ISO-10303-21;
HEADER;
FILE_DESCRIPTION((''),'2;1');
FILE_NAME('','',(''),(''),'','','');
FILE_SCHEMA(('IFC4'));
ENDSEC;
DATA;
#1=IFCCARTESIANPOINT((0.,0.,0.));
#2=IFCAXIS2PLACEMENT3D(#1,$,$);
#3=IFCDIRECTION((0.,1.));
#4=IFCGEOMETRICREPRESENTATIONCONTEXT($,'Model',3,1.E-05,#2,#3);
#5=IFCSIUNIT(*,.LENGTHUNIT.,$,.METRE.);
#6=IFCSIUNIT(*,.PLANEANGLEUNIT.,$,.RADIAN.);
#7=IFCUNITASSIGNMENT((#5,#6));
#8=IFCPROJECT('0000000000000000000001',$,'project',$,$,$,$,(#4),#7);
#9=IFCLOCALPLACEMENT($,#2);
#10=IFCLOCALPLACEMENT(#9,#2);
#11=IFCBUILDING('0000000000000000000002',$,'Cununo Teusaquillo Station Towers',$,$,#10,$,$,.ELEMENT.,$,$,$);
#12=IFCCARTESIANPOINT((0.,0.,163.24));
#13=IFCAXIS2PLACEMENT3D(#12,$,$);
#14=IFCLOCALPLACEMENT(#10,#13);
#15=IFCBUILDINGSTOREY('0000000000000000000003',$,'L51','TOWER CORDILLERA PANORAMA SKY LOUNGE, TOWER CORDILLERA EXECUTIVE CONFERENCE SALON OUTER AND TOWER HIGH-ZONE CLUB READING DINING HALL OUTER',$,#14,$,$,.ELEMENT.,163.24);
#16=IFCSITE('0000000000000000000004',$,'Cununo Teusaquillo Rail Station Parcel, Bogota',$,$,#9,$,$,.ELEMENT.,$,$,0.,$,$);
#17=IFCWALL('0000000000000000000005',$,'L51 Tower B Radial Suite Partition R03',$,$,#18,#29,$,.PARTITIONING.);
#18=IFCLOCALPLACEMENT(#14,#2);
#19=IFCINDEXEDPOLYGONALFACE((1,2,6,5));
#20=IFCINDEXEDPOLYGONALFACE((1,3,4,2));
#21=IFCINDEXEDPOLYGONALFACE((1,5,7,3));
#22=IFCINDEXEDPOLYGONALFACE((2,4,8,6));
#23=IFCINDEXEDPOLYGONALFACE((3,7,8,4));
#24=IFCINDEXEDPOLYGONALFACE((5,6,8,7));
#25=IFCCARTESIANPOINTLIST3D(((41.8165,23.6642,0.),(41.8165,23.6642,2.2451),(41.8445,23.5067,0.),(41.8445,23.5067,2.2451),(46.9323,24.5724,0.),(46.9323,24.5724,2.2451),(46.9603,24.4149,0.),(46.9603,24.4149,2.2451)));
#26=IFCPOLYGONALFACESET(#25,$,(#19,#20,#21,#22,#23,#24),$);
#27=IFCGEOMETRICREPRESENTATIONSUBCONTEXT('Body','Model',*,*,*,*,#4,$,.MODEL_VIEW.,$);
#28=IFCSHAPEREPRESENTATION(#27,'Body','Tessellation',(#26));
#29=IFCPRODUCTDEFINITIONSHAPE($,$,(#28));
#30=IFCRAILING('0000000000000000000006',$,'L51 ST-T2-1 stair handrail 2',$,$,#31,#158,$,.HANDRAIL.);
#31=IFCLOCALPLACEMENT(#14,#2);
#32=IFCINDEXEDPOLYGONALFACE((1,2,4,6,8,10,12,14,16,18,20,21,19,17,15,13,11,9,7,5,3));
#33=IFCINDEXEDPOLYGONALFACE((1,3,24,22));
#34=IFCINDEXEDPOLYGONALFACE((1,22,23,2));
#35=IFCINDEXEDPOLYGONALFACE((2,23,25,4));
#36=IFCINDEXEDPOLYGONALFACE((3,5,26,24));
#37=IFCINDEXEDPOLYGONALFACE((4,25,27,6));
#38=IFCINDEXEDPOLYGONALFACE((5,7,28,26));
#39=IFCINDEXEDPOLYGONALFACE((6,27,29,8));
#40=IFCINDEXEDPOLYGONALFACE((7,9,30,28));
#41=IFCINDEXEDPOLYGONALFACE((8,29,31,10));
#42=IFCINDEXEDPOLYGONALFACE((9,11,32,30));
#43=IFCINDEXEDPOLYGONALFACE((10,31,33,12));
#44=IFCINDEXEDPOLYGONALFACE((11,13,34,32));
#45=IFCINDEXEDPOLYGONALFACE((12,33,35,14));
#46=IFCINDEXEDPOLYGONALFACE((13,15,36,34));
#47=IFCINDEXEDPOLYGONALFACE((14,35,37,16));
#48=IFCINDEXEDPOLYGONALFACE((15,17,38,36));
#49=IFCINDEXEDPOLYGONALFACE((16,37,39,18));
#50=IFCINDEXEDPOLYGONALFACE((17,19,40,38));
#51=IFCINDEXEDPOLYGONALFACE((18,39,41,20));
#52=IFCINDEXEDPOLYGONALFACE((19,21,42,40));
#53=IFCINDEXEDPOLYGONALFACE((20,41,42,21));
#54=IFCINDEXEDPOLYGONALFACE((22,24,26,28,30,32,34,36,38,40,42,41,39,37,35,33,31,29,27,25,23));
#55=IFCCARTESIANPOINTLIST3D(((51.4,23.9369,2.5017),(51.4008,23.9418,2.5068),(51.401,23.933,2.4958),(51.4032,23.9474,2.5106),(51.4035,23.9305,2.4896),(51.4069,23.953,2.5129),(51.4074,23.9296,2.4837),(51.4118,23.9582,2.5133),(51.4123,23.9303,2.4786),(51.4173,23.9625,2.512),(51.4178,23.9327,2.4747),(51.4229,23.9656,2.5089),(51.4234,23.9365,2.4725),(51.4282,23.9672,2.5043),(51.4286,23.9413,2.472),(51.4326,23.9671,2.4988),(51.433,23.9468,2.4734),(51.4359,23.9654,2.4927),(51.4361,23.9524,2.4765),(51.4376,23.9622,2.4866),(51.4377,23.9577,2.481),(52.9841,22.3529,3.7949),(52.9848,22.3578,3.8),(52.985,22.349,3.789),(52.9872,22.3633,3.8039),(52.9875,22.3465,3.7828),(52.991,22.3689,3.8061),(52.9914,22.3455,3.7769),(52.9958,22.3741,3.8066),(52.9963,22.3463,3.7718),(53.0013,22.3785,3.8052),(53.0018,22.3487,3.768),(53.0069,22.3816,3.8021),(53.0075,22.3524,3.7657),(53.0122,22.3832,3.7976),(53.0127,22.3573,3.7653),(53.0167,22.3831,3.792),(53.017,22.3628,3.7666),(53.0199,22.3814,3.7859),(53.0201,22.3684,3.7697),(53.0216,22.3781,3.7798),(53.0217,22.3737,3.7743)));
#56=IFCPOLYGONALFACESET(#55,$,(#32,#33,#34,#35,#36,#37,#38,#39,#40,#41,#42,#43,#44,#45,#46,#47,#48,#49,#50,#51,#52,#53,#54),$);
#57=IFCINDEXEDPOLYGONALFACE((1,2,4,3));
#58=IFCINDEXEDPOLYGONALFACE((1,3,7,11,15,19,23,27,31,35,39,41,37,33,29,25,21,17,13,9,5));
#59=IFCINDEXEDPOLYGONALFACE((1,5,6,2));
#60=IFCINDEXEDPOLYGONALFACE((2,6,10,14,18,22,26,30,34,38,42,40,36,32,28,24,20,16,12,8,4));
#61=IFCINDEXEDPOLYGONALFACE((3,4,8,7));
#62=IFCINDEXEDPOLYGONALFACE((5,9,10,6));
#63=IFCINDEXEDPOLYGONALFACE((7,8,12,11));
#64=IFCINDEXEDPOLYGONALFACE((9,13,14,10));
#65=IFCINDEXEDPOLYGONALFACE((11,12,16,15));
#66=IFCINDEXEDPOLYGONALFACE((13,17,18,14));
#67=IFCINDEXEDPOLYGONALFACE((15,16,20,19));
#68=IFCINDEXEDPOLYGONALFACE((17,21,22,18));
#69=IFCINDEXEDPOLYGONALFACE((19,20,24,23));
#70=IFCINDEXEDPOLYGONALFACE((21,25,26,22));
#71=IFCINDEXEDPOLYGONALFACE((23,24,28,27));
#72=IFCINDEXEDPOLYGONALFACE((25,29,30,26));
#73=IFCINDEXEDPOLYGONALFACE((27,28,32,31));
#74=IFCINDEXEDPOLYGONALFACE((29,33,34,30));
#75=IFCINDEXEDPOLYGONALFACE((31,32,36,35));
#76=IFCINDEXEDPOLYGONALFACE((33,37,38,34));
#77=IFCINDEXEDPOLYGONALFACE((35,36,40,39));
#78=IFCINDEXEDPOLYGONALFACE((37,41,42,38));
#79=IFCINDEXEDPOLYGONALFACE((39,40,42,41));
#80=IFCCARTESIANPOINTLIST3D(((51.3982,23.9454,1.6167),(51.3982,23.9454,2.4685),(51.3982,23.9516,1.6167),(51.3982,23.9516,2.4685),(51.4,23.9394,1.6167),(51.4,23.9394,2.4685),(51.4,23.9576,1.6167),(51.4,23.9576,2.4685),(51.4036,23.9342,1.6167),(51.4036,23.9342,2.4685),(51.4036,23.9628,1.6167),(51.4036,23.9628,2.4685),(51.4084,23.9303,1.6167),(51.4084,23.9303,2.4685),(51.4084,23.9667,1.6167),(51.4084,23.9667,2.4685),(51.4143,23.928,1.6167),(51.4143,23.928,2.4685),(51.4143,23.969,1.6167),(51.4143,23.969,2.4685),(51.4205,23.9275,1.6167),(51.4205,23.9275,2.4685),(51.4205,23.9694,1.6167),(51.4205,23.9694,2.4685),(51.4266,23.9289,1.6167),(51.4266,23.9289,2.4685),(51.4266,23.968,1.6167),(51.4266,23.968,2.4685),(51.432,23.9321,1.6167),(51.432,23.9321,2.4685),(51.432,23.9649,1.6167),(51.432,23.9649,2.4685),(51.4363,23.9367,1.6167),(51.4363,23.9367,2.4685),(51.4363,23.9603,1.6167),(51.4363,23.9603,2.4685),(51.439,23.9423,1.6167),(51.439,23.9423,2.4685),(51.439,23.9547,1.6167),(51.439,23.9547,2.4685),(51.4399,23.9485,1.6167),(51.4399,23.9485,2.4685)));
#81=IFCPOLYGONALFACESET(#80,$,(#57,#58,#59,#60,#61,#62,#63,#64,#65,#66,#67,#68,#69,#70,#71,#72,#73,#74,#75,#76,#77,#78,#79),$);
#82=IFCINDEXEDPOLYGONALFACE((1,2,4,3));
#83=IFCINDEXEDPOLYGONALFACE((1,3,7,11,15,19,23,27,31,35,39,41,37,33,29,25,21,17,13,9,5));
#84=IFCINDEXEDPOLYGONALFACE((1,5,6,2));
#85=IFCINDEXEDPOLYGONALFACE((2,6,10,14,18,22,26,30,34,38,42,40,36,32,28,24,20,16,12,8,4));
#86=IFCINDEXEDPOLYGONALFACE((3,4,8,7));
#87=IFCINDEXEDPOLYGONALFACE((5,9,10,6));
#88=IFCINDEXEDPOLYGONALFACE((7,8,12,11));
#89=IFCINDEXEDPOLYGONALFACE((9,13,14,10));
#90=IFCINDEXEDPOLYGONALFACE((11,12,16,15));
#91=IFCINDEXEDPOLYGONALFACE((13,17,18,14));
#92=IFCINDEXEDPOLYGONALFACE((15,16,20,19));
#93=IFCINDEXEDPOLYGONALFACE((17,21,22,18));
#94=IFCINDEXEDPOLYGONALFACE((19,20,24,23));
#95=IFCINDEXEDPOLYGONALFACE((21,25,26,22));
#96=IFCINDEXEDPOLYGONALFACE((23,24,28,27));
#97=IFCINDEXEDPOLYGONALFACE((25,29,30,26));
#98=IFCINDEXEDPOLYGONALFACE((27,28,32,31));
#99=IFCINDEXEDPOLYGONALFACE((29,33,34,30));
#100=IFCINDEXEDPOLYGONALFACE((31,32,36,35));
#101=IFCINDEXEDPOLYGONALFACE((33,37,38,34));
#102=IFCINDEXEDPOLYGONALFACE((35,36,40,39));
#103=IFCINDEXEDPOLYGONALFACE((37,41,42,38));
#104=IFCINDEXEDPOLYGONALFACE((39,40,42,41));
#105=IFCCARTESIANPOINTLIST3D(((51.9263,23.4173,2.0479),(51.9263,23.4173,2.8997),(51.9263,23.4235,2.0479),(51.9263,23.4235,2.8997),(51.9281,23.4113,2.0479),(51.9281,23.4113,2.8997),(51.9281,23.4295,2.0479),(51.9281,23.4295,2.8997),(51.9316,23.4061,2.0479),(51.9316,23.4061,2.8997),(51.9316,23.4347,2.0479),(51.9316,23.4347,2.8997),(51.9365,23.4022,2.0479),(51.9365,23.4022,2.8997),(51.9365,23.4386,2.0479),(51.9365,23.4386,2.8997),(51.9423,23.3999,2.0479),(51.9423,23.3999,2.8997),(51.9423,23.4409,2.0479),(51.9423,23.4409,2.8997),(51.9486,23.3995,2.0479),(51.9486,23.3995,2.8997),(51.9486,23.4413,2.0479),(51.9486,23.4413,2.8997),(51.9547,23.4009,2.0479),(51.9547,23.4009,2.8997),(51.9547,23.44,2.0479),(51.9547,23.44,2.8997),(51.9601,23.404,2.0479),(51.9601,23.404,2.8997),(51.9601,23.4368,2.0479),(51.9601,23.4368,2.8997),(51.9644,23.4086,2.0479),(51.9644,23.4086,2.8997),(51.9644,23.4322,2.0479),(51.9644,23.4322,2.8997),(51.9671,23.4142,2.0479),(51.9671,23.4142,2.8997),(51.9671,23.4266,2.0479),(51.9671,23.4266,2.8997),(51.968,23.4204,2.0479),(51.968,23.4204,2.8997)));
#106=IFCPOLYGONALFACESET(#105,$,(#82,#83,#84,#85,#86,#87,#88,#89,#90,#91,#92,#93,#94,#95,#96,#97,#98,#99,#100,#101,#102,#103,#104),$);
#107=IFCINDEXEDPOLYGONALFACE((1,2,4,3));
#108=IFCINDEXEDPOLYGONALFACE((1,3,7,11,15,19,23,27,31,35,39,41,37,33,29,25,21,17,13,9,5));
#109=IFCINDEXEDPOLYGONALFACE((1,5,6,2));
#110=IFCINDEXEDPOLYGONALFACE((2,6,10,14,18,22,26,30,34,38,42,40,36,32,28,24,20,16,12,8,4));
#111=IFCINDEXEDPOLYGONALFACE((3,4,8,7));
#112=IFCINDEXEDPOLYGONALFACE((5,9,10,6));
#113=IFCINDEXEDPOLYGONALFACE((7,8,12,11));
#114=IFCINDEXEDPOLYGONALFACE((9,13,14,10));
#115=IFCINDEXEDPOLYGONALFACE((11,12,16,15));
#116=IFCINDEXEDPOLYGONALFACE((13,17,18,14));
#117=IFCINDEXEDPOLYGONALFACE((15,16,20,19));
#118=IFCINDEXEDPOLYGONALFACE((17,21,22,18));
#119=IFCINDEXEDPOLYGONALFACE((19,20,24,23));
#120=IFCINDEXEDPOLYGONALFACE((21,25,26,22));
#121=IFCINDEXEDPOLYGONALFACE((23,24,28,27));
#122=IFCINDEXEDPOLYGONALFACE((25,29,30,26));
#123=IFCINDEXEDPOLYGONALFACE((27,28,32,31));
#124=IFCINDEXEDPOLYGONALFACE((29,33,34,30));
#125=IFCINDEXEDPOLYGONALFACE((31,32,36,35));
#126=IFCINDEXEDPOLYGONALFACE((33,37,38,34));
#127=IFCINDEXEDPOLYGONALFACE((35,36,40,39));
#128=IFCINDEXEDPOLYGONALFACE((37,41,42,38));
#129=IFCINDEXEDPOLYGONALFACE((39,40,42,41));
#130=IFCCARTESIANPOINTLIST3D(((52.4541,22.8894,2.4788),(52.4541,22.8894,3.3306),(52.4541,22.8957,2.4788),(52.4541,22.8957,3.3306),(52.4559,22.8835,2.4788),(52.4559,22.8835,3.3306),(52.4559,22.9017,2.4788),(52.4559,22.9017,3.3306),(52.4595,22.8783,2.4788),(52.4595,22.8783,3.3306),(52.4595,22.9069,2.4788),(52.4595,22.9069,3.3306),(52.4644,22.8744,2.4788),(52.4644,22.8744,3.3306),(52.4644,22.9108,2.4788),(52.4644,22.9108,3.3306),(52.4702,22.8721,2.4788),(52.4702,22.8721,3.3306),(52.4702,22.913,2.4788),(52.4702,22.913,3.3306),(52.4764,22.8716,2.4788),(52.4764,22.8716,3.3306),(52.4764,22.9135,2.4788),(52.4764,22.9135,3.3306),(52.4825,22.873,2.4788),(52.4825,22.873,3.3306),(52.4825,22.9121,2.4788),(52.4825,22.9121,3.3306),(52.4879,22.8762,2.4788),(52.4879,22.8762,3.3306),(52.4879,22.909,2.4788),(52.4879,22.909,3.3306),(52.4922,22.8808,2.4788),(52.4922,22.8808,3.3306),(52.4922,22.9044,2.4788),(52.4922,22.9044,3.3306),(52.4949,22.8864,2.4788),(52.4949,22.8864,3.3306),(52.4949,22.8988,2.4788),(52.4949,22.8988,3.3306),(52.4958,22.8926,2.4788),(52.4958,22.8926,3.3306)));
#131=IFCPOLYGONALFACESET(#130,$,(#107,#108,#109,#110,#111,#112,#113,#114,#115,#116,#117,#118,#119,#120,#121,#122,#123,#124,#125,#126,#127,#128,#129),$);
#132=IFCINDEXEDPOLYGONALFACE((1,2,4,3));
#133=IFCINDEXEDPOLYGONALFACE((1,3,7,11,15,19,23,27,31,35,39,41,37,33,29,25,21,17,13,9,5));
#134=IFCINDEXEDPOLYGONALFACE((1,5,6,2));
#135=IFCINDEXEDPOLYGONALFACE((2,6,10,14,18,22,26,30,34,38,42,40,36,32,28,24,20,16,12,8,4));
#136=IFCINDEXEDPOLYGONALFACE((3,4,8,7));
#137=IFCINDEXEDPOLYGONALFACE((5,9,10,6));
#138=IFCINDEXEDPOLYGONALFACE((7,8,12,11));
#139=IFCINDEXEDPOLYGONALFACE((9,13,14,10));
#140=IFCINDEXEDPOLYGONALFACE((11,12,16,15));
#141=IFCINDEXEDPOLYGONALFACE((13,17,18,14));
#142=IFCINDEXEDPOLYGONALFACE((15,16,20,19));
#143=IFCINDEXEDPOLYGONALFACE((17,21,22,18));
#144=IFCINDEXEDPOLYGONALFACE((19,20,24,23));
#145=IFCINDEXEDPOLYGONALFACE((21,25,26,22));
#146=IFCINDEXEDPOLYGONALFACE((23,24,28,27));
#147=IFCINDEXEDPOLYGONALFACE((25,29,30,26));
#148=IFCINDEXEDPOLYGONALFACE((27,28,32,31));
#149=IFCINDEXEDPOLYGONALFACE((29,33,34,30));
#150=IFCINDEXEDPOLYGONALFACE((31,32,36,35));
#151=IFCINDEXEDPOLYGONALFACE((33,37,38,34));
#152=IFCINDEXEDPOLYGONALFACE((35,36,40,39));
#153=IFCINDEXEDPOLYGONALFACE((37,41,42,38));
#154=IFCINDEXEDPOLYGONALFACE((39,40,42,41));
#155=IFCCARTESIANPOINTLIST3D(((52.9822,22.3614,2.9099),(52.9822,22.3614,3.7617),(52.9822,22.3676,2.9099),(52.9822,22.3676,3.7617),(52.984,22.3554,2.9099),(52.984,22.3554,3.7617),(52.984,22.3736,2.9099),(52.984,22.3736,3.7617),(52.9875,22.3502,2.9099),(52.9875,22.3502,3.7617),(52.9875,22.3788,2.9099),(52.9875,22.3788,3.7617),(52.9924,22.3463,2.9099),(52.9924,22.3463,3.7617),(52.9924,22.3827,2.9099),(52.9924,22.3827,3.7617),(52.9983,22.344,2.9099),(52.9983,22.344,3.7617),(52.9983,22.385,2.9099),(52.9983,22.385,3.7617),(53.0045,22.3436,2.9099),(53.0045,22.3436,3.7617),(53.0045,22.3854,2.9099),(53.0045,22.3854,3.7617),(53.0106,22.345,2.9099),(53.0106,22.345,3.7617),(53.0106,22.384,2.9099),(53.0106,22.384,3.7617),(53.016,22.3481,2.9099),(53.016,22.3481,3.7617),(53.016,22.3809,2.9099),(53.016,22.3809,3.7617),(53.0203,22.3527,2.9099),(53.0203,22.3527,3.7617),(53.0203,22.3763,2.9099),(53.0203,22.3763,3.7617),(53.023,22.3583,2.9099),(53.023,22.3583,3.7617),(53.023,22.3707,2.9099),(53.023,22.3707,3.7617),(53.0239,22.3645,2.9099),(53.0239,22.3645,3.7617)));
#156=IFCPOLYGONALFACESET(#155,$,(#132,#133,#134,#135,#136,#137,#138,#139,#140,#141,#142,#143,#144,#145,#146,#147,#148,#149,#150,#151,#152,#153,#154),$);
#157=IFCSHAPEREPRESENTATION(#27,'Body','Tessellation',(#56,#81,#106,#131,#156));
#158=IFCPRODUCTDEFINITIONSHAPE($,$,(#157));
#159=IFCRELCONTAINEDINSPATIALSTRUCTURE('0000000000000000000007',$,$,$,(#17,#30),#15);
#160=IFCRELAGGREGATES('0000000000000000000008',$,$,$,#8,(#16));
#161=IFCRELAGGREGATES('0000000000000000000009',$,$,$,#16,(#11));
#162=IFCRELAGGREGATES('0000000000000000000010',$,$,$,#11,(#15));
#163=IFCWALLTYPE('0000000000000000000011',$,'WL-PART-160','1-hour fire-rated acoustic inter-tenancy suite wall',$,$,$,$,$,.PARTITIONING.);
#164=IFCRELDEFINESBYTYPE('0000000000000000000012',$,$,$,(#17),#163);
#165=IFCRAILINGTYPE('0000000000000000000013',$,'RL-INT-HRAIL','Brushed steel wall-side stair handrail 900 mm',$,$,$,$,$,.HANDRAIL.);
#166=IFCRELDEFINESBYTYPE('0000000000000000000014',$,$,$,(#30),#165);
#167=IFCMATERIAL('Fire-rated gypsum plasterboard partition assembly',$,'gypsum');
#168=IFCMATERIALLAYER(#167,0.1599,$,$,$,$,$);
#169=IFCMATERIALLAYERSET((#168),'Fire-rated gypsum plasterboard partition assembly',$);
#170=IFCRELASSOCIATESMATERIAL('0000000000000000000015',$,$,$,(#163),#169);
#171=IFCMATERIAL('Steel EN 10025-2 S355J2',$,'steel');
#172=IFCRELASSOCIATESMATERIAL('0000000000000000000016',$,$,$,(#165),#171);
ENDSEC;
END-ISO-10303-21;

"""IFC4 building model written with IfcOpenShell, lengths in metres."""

from ifc_helpers import new_model, si_unit, direction, frame, frame_2d, origin, origin_2d, place, context, subcontext, project, spatial, rectangle, circle, extrude, material, layer, layer_set, type_object, element, save


model = new_model("IFC4")

# Units and contexts
model_context = context("Model", 3, precision=1e-05, world=origin(), true_north=direction((0.0, 1.0)))
body_context = subcontext(model_context, "Body", "Model", "MODEL_VIEW")
ifc_project = project(units=[si_unit("LENGTHUNIT", "METRE"), si_unit("PLANEANGLEUNIT", "RADIAN")], contexts=[model_context])

# Site, building, storey
site_placement = place(None, origin())
site = spatial("IfcSite", under=ifc_project, at=site_placement, Name="Cununo Teusaquillo Rail Station Parcel, Bogota", CompositionType="ELEMENT", RefElevation=0.0)
building_placement = place(site_placement, origin())
building = spatial("IfcBuilding", under=site, at=building_placement, Name="Cununo Teusaquillo Station Towers", CompositionType="ELEMENT")
storey_placement = place(building_placement, frame((0.0, 0.0, 163.24)))
storey = spatial("IfcBuildingStorey", under=building, at=storey_placement, Name="L51", Description="TOWER CORDILLERA PANORAMA SKY LOUNGE, TOWER CORDILLERA EXECUTIVE CONFERENCE SALON OUTER AND TOWER HIGH-ZONE CLUB READING DINING HALL OUTER", CompositionType="ELEMENT", Elevation=163.24)

# Wall
ifc_material_1 = material(Name="Fire-rated gypsum plasterboard partition assembly", Category="gypsum")
ifc_layer_1 = layer(ifc_material_1, 0.1599)
ifc_layer_set_1 = layer_set([ifc_layer_1], Name="Fire-rated gypsum plasterboard partition assembly")
wall_type_1 = type_object("IfcWallType", Name="WL-PART-160", Description="1-hour fire-rated acoustic inter-tenancy suite wall", PredefinedType="PARTITIONING", material=ifc_layer_set_1)
wall_1_placement = place(storey_placement, frame((46.9463, 24.4937, 0.0), z_axis=(0.0, 0.0, 1.0), x_axis=(-0.984604, -0.174798, 0.0)))
element("IfcWall", 1, at=wall_1_placement, inside=storey, type_object=wall_type_1, Name="L51 Tower B Radial Suite Partition R03", PredefinedType="PARTITIONING", context=body_context, shape_type="SweptSolid", body=[
    extrude(rectangle(XDim=5.1958, YDim=0.1599, at=frame_2d((2.5979, 0.0))), origin(), (0.0, 0.0, 1.0), 2.2451),
])

# Railing
ifc_material_2 = material(Name="Steel EN 10025-2 S355J2", Category="steel")
railing_type = type_object("IfcRailingType", Name="RL-INT-HRAIL", Description="Brushed steel wall-side stair handrail 900 mm", PredefinedType="HANDRAIL", material=ifc_material_2)
railing_placement = place(storey_placement, frame((51.4189, 23.9485, 1.6167)))
element("IfcRailing", 2, at=railing_placement, inside=storey, type_object=railing_type, Name="L51 ST-T2-1 stair handrail 2", PredefinedType="HANDRAIL", context=body_context, shape_type="SweptSolid", body=[
    extrude(circle(Radius=0.0239, at=origin_2d()), frame((0.0, 0.0, 0.876), z_axis=(0.612385, -0.612385, 0.49997), x_axis=(0.707107, 0.707107, 0.0)), (0.0, 0.0, 1.0), 2.5867),
    extrude(circle(Radius=0.021, at=origin_2d()), origin(), (0.0, 0.0, 1.0), 0.8518),
    extrude(circle(Radius=0.021, at=origin_2d()), frame((0.5281, -0.5281, 0.4312)), (0.0, 0.0, 1.0), 0.8518),
    extrude(circle(Radius=0.021, at=origin_2d()), frame((1.0559, -1.0559, 0.8621)), (0.0, 0.0, 1.0), 0.8518),
    extrude(circle(Radius=0.021, at=origin_2d()), frame((1.584, -1.584, 1.2932)), (0.0, 0.0, 1.0), 0.8518),
])

save(model, "model.ifc")
